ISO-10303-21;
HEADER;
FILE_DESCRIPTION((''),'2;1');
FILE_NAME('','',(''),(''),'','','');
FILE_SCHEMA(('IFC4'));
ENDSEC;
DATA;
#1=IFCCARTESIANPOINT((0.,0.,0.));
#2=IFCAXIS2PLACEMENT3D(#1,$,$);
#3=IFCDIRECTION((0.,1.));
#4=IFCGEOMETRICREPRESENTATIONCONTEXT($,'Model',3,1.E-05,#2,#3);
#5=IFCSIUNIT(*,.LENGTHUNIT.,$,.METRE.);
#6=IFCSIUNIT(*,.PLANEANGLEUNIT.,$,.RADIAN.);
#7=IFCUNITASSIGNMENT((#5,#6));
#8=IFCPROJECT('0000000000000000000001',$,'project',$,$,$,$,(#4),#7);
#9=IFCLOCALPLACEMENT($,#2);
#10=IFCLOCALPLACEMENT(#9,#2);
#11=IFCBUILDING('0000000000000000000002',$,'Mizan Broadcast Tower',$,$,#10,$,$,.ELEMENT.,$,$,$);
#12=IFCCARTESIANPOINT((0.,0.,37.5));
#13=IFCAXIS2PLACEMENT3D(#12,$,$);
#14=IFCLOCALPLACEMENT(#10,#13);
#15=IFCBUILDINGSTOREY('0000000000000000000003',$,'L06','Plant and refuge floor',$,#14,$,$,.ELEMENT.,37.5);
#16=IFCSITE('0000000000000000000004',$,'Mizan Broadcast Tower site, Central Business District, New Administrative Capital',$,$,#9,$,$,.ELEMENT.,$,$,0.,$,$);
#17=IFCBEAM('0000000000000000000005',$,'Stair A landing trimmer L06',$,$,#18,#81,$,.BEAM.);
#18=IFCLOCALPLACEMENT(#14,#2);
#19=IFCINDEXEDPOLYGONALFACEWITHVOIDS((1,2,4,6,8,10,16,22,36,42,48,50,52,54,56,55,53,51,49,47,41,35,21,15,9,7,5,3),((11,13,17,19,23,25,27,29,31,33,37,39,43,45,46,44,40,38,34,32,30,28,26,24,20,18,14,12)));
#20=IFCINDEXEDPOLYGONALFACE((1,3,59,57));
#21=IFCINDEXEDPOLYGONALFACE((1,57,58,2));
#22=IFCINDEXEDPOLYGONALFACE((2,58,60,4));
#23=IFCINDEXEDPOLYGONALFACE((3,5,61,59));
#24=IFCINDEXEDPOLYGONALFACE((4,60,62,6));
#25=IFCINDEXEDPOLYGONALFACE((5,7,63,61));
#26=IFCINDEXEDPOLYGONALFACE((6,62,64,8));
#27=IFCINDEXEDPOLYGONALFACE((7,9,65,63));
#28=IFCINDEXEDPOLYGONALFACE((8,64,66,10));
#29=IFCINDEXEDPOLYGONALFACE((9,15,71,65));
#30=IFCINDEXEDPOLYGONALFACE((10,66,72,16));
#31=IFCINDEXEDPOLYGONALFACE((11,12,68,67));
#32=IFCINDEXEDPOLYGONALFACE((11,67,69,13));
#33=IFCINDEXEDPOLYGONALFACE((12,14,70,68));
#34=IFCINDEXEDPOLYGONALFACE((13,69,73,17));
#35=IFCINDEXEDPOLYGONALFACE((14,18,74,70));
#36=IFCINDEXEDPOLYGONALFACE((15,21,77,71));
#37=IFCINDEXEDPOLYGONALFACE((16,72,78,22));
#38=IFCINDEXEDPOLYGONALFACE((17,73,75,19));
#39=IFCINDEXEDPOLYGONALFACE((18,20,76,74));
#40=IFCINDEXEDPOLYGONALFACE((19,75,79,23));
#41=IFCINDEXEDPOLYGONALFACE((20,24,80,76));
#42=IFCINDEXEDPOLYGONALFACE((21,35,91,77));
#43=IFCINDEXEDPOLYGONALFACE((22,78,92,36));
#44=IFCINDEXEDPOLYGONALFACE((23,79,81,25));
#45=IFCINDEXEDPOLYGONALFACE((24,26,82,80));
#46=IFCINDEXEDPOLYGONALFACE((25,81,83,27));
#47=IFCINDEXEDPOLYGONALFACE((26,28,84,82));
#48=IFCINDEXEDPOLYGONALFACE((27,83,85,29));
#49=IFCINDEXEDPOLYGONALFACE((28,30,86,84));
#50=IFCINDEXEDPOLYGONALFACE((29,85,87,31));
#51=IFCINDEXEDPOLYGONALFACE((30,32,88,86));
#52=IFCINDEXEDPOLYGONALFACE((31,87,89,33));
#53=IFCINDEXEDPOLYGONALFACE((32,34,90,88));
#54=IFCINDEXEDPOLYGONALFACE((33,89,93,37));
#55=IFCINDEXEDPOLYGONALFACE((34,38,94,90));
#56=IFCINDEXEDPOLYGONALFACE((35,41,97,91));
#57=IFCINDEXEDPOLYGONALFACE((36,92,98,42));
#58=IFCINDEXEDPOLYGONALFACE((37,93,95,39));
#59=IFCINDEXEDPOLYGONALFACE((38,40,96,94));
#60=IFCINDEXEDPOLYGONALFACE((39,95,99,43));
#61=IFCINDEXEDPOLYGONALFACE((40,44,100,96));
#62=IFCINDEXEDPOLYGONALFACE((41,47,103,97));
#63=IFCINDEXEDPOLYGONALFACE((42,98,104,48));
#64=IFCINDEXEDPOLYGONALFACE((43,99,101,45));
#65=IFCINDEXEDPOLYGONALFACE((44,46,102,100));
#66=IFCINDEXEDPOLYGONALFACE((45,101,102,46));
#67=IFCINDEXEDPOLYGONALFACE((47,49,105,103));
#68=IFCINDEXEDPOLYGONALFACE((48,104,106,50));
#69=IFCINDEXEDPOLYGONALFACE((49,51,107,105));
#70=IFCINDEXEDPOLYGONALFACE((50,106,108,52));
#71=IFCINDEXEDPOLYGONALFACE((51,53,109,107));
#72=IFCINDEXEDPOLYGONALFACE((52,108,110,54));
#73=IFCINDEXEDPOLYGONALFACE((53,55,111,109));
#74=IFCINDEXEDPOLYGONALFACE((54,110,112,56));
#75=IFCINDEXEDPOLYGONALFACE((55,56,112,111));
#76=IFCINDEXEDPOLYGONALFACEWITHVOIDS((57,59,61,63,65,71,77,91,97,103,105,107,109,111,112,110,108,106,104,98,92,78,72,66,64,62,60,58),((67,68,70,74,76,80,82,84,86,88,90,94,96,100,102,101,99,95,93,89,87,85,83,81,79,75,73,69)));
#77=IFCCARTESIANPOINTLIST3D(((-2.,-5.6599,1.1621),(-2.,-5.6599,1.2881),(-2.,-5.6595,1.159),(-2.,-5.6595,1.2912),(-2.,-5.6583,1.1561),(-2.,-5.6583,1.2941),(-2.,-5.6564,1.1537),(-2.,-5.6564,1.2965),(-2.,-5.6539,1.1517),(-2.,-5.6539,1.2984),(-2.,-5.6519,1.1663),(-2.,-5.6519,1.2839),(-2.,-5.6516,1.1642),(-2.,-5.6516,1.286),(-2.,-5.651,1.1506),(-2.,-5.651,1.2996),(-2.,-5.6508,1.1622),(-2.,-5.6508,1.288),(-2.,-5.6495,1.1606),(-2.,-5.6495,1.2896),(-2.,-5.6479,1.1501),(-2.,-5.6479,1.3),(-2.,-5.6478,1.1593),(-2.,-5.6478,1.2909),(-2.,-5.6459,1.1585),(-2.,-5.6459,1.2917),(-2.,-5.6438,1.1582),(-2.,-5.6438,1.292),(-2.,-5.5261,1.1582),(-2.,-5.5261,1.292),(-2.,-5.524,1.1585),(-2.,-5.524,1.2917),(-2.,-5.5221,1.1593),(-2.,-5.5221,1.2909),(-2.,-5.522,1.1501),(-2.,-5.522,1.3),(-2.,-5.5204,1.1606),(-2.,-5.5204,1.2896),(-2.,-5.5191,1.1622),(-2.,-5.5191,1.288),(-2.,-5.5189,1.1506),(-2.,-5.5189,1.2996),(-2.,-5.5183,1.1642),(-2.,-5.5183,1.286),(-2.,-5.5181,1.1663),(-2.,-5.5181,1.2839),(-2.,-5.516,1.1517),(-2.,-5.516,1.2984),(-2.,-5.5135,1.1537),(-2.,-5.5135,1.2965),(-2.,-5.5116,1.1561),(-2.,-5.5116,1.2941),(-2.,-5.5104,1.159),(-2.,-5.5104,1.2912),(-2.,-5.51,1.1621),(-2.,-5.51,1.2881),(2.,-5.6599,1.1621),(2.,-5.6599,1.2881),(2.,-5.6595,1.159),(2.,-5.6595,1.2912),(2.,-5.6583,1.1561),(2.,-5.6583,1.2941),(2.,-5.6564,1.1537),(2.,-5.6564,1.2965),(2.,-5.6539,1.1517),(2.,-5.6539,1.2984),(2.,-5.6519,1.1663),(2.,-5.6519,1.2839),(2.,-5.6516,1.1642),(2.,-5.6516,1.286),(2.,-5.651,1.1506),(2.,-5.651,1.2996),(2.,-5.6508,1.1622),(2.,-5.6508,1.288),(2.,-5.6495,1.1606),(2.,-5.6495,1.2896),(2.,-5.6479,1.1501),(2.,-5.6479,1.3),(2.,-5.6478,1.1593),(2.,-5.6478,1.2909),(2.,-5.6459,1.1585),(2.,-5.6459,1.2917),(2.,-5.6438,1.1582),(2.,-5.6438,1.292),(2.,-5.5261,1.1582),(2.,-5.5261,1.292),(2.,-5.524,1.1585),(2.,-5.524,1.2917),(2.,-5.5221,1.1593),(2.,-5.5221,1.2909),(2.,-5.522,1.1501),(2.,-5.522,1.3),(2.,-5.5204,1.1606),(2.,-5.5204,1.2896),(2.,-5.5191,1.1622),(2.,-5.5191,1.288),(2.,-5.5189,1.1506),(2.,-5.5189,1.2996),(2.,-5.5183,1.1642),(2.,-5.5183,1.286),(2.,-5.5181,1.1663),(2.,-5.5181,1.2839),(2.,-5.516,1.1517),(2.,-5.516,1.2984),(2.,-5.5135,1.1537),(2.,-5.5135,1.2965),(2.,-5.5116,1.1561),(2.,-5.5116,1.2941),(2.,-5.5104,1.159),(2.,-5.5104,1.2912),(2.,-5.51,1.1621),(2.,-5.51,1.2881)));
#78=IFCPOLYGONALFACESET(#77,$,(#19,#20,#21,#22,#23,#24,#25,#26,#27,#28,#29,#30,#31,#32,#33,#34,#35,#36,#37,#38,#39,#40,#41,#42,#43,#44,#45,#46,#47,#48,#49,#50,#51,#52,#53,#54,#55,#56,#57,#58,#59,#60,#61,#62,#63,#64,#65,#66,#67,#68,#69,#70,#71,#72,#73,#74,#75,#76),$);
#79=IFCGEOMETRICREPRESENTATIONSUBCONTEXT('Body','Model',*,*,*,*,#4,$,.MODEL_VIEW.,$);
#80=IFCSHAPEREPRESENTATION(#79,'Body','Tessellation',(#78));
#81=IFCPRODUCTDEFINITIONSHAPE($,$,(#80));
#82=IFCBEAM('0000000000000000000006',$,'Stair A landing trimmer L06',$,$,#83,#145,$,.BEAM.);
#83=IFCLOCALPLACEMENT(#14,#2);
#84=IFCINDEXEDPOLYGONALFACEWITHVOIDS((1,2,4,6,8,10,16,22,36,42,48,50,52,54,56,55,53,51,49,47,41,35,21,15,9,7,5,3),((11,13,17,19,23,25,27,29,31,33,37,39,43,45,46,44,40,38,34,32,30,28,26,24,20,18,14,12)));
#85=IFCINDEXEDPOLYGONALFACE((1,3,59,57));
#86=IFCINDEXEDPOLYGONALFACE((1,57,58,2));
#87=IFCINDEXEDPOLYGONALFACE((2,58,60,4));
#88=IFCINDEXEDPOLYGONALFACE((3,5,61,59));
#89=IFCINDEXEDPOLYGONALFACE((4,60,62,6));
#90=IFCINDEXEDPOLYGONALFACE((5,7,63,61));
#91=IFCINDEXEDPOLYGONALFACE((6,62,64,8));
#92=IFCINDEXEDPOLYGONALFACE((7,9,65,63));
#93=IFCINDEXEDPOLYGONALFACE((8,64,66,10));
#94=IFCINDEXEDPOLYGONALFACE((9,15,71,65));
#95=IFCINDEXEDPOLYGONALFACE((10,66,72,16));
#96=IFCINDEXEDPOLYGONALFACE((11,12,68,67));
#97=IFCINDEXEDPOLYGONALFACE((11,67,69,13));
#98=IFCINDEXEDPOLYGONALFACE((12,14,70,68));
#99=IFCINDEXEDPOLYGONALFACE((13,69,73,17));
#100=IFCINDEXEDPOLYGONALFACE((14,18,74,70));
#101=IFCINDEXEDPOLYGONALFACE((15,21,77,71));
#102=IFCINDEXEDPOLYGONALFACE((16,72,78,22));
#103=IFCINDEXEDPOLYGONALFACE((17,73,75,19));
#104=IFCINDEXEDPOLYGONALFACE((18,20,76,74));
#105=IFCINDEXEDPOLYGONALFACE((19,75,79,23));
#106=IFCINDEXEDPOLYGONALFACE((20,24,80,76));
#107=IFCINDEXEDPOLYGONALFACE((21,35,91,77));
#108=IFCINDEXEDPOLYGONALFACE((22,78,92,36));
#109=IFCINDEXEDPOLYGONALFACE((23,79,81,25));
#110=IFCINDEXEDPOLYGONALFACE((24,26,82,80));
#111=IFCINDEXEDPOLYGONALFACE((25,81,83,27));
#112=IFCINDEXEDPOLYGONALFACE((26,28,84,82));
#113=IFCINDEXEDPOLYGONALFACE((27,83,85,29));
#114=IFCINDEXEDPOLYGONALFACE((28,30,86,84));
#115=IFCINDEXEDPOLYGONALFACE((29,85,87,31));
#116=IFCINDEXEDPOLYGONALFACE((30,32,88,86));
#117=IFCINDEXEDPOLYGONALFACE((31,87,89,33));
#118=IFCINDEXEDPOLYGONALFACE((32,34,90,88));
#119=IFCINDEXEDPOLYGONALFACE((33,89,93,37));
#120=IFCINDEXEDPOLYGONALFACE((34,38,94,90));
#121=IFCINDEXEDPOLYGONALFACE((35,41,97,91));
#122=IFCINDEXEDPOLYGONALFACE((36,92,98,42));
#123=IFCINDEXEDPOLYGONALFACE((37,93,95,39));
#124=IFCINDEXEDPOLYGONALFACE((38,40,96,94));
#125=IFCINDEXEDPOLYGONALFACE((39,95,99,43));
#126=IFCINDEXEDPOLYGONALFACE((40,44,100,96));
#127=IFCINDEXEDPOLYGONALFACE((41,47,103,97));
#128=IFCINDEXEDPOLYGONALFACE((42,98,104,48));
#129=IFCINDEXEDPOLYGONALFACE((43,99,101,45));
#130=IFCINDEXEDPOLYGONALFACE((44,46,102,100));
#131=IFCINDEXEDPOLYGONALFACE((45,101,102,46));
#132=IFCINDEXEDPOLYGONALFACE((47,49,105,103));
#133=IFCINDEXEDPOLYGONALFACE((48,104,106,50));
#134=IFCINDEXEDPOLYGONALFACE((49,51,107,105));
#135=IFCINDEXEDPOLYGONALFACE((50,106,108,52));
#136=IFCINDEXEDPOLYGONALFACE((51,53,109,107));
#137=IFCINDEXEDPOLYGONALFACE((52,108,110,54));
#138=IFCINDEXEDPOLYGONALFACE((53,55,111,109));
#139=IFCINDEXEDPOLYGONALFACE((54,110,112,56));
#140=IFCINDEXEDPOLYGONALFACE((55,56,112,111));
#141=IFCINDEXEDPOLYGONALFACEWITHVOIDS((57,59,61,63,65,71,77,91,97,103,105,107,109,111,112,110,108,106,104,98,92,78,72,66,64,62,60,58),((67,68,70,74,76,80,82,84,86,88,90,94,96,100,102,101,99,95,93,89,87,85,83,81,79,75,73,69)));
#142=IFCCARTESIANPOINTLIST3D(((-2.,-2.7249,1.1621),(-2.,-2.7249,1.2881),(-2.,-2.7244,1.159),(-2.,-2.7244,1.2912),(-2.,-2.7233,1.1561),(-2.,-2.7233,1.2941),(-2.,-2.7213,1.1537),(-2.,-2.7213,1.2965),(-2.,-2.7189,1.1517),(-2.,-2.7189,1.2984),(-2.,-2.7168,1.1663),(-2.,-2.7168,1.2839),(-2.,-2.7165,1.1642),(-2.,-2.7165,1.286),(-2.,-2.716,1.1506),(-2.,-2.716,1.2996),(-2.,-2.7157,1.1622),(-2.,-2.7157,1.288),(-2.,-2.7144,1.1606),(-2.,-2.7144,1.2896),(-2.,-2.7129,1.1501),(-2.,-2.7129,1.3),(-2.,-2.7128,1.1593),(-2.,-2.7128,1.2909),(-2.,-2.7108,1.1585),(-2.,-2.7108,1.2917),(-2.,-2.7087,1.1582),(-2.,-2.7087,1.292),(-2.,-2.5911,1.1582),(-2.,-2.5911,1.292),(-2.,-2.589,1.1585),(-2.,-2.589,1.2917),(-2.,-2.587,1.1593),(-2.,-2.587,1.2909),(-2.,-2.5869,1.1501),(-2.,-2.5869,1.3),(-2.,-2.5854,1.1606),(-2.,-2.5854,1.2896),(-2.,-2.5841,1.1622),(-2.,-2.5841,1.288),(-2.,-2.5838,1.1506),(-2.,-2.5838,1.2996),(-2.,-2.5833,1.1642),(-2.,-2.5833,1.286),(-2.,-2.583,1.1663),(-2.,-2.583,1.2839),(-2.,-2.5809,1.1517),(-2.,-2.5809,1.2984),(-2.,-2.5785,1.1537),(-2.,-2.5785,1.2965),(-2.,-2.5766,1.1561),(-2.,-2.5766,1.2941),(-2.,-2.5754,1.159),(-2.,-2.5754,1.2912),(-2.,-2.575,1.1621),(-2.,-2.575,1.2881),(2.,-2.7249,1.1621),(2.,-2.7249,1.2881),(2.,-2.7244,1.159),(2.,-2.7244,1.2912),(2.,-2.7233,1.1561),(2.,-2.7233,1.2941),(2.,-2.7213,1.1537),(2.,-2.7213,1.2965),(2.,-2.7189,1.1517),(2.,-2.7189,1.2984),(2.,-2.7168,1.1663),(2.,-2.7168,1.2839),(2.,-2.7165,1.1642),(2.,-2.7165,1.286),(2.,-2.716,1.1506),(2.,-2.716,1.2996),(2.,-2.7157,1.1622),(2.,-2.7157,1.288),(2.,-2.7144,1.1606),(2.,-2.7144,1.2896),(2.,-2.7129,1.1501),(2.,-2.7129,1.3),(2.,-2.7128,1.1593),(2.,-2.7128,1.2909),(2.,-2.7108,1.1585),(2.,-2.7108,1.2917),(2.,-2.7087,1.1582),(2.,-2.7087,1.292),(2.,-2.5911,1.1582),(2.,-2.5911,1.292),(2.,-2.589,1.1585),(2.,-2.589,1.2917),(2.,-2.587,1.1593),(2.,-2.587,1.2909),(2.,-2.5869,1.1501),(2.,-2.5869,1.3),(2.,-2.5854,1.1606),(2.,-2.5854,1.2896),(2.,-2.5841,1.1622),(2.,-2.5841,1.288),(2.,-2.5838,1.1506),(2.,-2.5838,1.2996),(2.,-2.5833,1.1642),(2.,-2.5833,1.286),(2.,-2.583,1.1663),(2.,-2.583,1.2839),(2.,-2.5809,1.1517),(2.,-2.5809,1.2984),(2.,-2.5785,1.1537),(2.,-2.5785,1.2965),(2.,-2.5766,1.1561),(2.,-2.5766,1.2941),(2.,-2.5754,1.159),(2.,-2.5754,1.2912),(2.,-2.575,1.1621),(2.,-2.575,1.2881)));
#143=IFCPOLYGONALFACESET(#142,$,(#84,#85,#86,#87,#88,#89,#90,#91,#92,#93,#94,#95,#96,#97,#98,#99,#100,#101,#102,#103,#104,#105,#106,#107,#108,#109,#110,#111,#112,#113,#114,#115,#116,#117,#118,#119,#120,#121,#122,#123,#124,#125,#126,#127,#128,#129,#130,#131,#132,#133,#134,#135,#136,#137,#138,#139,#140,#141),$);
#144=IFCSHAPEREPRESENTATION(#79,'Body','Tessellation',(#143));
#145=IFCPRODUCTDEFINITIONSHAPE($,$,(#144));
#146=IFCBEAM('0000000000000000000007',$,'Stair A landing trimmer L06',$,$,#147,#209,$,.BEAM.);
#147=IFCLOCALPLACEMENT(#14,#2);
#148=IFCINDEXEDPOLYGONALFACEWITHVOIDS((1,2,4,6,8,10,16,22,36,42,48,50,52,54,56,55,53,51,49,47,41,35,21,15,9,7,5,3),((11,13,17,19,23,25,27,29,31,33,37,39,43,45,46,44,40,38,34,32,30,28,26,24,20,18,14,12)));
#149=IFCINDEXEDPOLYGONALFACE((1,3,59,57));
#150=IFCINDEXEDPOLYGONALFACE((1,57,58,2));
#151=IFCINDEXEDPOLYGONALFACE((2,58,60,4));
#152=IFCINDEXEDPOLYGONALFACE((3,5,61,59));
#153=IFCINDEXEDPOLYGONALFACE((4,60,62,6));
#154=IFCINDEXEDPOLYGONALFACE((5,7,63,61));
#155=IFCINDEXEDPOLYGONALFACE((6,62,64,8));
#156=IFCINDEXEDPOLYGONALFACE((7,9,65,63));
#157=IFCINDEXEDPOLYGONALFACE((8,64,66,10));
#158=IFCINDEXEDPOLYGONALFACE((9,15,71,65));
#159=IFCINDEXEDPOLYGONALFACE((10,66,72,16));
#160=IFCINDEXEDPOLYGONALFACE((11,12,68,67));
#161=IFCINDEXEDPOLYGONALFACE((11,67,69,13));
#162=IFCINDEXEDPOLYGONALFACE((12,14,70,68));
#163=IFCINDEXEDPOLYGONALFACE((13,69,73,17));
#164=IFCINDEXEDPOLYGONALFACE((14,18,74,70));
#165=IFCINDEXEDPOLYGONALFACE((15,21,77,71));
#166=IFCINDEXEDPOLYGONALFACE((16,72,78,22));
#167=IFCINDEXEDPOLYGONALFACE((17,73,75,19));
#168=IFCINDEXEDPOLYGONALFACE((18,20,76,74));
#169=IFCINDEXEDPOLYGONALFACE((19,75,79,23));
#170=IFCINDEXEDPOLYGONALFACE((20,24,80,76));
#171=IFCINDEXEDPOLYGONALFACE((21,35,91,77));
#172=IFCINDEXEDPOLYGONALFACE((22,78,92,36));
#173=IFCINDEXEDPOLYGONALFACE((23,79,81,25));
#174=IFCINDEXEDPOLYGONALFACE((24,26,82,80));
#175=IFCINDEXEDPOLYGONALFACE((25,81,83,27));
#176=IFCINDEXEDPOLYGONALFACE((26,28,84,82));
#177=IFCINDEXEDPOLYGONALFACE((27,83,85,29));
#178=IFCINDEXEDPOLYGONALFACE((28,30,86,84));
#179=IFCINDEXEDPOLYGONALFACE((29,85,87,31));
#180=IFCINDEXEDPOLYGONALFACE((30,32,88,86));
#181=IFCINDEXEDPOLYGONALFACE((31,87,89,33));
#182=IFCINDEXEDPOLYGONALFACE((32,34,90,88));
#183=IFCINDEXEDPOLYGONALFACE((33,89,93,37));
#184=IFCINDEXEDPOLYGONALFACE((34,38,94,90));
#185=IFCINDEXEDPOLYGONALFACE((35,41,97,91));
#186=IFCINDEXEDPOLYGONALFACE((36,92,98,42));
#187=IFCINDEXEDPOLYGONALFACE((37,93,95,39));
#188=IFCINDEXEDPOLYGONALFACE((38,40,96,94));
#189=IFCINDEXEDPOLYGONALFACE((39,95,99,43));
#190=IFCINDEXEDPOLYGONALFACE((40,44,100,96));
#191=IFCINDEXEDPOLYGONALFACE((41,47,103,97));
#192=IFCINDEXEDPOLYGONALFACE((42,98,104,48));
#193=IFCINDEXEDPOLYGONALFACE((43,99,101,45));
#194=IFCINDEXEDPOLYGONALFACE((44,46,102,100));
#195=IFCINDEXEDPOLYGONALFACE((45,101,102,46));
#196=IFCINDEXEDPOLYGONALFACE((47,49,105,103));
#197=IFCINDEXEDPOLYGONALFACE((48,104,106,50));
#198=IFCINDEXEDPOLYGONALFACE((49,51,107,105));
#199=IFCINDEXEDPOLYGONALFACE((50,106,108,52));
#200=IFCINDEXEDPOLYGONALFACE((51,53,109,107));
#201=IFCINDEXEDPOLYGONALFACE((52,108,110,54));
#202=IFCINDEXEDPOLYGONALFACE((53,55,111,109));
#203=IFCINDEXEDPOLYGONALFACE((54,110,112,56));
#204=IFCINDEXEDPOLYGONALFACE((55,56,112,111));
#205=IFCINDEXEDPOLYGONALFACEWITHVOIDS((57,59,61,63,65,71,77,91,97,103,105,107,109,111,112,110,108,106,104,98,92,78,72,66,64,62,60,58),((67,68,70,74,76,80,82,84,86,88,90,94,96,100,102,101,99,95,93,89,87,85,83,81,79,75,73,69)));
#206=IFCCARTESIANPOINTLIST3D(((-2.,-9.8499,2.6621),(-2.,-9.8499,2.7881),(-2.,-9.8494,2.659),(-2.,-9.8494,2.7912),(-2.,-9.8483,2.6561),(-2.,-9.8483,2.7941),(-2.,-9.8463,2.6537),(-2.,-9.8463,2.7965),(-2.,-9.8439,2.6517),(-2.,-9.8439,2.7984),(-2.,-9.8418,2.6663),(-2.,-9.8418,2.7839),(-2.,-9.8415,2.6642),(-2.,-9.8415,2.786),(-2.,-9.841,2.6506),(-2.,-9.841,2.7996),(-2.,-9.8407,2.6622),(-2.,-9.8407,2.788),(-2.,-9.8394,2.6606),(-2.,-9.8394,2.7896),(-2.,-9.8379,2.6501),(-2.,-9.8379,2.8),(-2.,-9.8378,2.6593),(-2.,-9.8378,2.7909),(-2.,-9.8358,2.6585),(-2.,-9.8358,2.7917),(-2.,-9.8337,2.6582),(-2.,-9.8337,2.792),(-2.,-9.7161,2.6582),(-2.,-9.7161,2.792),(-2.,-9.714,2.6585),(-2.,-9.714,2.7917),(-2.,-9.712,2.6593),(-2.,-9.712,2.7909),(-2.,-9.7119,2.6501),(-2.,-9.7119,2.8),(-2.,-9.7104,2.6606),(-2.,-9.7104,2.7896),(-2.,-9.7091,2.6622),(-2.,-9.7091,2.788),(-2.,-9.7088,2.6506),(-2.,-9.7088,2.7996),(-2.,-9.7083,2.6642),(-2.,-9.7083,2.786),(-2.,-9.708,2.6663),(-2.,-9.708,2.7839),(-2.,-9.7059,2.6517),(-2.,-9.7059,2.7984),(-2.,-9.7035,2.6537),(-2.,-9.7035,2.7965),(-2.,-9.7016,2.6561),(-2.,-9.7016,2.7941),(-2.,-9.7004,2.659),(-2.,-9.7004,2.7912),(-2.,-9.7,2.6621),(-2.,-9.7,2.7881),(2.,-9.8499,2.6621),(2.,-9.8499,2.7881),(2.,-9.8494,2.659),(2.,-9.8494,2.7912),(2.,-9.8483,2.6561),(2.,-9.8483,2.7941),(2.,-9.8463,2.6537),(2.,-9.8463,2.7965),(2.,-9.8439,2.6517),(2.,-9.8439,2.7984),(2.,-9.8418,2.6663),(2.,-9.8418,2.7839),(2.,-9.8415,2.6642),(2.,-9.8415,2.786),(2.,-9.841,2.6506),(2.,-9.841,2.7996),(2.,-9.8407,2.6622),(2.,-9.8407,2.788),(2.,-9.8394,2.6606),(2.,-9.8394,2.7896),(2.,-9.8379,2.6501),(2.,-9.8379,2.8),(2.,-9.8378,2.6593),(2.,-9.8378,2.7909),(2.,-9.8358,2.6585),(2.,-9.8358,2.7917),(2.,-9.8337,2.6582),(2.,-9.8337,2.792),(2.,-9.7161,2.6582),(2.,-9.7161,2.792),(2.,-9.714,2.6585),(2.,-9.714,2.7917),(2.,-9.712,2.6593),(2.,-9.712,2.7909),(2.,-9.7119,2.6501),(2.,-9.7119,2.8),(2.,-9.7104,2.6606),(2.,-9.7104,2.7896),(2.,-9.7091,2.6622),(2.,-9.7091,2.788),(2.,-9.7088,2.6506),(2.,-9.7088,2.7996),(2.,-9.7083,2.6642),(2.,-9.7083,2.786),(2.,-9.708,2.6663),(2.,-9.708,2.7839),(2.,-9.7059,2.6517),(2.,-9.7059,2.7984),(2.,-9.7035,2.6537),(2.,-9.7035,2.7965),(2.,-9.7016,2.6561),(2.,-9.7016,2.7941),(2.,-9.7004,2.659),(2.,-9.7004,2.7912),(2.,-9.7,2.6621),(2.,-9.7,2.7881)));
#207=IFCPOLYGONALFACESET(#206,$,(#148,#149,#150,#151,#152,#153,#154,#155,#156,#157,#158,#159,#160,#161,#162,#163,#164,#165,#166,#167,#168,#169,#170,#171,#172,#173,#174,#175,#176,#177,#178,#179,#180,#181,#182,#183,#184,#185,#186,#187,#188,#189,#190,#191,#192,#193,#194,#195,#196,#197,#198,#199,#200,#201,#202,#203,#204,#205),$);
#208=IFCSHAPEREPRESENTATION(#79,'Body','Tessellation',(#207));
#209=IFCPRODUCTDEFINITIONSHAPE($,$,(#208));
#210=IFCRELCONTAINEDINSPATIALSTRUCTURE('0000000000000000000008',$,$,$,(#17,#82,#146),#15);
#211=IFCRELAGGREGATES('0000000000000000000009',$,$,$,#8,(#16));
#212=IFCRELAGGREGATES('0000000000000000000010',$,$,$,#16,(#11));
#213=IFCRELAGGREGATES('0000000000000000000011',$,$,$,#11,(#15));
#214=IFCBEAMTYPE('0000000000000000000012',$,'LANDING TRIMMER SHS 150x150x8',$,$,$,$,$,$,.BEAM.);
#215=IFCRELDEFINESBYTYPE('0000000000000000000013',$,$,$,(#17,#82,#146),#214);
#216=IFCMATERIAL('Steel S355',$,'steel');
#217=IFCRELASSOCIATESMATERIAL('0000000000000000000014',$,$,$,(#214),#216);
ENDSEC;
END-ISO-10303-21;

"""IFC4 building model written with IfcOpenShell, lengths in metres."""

from ifc_helpers import new_model, si_unit, direction, frame, origin, origin_2d, place, context, subcontext, project, spatial, hollow_rectangle, extrude, material, material_profile, profile_set, type_object, element, save


model = new_model("IFC4")

# Units and contexts
model_context = context("Model", 3, precision=1e-05, world=origin(), true_north=direction((0.0, 1.0)))
body_context = subcontext(model_context, "Body", "Model", "MODEL_VIEW")
ifc_project = project(units=[si_unit("LENGTHUNIT", "METRE"), si_unit("PLANEANGLEUNIT", "RADIAN")], contexts=[model_context])

# Site, building, storey
site_placement = place(None, origin())
site = spatial("IfcSite", under=ifc_project, at=site_placement, Name="Mizan Broadcast Tower site, Central Business District, New Administrative Capital", CompositionType="ELEMENT", RefElevation=0.0)
building_placement = place(site_placement, origin())
building = spatial("IfcBuilding", under=site, at=building_placement, Name="Mizan Broadcast Tower", CompositionType="ELEMENT")
storey_placement = place(building_placement, frame((0.0, 0.0, 37.5)))
storey = spatial("IfcBuildingStorey", under=building, at=storey_placement, Name="L06", Description="Plant and refuge floor", CompositionType="ELEMENT", Elevation=37.5)

# Beams
ifc_material_1 = material(Name="Steel S355", Category="steel")
ifc_material_profile_1 = material_profile(ifc_material_1, hollow_rectangle(XDim=0.1499, YDim=0.1499, WallThickness=0.0081, InnerFilletRadius=0.0081, OuterFilletRadius=0.012, at=origin_2d()), Name="SHS 150x150x8")
ifc_profile_set_1 = profile_set([ifc_material_profile_1], Name="Steel S355")
beam_type_1 = type_object("IfcBeamType", Name="LANDING TRIMMER SHS 150x150x8", PredefinedType="BEAM", material=ifc_profile_set_1)
for number, where, z_axis, x_axis, name in (
    (1, (-2.0, -5.585, 1.2251), (1.0, 0.0, 0.0), (0.0, 1.0, 0.0), "Stair A landing trimmer L06"),
    (2, (-2.0, -2.6499, 1.2251), (1.0, 0.0, 0.0), (0.0, 1.0, 0.0), "Stair A landing trimmer L06"),
    (3, (-2.0, -9.7749, 2.7251), (1.0, 0.0, 0.0), (0.0, 1.0, 0.0), "Stair A landing trimmer L06"),
):
    element("IfcBeam", number, at=place(storey_placement, frame(where, z_axis=z_axis, x_axis=x_axis)), inside=storey, type_object=beam_type_1, Name=name, PredefinedType="BEAM", context=body_context, shape_type="SweptSolid", body=[
        extrude(hollow_rectangle(XDim=0.1499, YDim=0.1499, WallThickness=0.0081, InnerFilletRadius=0.0081, OuterFilletRadius=0.012, at=origin_2d()), origin(), (0.0, 0.0, 1.0), 4.0),
    ])

save(model, "model.ifc")
